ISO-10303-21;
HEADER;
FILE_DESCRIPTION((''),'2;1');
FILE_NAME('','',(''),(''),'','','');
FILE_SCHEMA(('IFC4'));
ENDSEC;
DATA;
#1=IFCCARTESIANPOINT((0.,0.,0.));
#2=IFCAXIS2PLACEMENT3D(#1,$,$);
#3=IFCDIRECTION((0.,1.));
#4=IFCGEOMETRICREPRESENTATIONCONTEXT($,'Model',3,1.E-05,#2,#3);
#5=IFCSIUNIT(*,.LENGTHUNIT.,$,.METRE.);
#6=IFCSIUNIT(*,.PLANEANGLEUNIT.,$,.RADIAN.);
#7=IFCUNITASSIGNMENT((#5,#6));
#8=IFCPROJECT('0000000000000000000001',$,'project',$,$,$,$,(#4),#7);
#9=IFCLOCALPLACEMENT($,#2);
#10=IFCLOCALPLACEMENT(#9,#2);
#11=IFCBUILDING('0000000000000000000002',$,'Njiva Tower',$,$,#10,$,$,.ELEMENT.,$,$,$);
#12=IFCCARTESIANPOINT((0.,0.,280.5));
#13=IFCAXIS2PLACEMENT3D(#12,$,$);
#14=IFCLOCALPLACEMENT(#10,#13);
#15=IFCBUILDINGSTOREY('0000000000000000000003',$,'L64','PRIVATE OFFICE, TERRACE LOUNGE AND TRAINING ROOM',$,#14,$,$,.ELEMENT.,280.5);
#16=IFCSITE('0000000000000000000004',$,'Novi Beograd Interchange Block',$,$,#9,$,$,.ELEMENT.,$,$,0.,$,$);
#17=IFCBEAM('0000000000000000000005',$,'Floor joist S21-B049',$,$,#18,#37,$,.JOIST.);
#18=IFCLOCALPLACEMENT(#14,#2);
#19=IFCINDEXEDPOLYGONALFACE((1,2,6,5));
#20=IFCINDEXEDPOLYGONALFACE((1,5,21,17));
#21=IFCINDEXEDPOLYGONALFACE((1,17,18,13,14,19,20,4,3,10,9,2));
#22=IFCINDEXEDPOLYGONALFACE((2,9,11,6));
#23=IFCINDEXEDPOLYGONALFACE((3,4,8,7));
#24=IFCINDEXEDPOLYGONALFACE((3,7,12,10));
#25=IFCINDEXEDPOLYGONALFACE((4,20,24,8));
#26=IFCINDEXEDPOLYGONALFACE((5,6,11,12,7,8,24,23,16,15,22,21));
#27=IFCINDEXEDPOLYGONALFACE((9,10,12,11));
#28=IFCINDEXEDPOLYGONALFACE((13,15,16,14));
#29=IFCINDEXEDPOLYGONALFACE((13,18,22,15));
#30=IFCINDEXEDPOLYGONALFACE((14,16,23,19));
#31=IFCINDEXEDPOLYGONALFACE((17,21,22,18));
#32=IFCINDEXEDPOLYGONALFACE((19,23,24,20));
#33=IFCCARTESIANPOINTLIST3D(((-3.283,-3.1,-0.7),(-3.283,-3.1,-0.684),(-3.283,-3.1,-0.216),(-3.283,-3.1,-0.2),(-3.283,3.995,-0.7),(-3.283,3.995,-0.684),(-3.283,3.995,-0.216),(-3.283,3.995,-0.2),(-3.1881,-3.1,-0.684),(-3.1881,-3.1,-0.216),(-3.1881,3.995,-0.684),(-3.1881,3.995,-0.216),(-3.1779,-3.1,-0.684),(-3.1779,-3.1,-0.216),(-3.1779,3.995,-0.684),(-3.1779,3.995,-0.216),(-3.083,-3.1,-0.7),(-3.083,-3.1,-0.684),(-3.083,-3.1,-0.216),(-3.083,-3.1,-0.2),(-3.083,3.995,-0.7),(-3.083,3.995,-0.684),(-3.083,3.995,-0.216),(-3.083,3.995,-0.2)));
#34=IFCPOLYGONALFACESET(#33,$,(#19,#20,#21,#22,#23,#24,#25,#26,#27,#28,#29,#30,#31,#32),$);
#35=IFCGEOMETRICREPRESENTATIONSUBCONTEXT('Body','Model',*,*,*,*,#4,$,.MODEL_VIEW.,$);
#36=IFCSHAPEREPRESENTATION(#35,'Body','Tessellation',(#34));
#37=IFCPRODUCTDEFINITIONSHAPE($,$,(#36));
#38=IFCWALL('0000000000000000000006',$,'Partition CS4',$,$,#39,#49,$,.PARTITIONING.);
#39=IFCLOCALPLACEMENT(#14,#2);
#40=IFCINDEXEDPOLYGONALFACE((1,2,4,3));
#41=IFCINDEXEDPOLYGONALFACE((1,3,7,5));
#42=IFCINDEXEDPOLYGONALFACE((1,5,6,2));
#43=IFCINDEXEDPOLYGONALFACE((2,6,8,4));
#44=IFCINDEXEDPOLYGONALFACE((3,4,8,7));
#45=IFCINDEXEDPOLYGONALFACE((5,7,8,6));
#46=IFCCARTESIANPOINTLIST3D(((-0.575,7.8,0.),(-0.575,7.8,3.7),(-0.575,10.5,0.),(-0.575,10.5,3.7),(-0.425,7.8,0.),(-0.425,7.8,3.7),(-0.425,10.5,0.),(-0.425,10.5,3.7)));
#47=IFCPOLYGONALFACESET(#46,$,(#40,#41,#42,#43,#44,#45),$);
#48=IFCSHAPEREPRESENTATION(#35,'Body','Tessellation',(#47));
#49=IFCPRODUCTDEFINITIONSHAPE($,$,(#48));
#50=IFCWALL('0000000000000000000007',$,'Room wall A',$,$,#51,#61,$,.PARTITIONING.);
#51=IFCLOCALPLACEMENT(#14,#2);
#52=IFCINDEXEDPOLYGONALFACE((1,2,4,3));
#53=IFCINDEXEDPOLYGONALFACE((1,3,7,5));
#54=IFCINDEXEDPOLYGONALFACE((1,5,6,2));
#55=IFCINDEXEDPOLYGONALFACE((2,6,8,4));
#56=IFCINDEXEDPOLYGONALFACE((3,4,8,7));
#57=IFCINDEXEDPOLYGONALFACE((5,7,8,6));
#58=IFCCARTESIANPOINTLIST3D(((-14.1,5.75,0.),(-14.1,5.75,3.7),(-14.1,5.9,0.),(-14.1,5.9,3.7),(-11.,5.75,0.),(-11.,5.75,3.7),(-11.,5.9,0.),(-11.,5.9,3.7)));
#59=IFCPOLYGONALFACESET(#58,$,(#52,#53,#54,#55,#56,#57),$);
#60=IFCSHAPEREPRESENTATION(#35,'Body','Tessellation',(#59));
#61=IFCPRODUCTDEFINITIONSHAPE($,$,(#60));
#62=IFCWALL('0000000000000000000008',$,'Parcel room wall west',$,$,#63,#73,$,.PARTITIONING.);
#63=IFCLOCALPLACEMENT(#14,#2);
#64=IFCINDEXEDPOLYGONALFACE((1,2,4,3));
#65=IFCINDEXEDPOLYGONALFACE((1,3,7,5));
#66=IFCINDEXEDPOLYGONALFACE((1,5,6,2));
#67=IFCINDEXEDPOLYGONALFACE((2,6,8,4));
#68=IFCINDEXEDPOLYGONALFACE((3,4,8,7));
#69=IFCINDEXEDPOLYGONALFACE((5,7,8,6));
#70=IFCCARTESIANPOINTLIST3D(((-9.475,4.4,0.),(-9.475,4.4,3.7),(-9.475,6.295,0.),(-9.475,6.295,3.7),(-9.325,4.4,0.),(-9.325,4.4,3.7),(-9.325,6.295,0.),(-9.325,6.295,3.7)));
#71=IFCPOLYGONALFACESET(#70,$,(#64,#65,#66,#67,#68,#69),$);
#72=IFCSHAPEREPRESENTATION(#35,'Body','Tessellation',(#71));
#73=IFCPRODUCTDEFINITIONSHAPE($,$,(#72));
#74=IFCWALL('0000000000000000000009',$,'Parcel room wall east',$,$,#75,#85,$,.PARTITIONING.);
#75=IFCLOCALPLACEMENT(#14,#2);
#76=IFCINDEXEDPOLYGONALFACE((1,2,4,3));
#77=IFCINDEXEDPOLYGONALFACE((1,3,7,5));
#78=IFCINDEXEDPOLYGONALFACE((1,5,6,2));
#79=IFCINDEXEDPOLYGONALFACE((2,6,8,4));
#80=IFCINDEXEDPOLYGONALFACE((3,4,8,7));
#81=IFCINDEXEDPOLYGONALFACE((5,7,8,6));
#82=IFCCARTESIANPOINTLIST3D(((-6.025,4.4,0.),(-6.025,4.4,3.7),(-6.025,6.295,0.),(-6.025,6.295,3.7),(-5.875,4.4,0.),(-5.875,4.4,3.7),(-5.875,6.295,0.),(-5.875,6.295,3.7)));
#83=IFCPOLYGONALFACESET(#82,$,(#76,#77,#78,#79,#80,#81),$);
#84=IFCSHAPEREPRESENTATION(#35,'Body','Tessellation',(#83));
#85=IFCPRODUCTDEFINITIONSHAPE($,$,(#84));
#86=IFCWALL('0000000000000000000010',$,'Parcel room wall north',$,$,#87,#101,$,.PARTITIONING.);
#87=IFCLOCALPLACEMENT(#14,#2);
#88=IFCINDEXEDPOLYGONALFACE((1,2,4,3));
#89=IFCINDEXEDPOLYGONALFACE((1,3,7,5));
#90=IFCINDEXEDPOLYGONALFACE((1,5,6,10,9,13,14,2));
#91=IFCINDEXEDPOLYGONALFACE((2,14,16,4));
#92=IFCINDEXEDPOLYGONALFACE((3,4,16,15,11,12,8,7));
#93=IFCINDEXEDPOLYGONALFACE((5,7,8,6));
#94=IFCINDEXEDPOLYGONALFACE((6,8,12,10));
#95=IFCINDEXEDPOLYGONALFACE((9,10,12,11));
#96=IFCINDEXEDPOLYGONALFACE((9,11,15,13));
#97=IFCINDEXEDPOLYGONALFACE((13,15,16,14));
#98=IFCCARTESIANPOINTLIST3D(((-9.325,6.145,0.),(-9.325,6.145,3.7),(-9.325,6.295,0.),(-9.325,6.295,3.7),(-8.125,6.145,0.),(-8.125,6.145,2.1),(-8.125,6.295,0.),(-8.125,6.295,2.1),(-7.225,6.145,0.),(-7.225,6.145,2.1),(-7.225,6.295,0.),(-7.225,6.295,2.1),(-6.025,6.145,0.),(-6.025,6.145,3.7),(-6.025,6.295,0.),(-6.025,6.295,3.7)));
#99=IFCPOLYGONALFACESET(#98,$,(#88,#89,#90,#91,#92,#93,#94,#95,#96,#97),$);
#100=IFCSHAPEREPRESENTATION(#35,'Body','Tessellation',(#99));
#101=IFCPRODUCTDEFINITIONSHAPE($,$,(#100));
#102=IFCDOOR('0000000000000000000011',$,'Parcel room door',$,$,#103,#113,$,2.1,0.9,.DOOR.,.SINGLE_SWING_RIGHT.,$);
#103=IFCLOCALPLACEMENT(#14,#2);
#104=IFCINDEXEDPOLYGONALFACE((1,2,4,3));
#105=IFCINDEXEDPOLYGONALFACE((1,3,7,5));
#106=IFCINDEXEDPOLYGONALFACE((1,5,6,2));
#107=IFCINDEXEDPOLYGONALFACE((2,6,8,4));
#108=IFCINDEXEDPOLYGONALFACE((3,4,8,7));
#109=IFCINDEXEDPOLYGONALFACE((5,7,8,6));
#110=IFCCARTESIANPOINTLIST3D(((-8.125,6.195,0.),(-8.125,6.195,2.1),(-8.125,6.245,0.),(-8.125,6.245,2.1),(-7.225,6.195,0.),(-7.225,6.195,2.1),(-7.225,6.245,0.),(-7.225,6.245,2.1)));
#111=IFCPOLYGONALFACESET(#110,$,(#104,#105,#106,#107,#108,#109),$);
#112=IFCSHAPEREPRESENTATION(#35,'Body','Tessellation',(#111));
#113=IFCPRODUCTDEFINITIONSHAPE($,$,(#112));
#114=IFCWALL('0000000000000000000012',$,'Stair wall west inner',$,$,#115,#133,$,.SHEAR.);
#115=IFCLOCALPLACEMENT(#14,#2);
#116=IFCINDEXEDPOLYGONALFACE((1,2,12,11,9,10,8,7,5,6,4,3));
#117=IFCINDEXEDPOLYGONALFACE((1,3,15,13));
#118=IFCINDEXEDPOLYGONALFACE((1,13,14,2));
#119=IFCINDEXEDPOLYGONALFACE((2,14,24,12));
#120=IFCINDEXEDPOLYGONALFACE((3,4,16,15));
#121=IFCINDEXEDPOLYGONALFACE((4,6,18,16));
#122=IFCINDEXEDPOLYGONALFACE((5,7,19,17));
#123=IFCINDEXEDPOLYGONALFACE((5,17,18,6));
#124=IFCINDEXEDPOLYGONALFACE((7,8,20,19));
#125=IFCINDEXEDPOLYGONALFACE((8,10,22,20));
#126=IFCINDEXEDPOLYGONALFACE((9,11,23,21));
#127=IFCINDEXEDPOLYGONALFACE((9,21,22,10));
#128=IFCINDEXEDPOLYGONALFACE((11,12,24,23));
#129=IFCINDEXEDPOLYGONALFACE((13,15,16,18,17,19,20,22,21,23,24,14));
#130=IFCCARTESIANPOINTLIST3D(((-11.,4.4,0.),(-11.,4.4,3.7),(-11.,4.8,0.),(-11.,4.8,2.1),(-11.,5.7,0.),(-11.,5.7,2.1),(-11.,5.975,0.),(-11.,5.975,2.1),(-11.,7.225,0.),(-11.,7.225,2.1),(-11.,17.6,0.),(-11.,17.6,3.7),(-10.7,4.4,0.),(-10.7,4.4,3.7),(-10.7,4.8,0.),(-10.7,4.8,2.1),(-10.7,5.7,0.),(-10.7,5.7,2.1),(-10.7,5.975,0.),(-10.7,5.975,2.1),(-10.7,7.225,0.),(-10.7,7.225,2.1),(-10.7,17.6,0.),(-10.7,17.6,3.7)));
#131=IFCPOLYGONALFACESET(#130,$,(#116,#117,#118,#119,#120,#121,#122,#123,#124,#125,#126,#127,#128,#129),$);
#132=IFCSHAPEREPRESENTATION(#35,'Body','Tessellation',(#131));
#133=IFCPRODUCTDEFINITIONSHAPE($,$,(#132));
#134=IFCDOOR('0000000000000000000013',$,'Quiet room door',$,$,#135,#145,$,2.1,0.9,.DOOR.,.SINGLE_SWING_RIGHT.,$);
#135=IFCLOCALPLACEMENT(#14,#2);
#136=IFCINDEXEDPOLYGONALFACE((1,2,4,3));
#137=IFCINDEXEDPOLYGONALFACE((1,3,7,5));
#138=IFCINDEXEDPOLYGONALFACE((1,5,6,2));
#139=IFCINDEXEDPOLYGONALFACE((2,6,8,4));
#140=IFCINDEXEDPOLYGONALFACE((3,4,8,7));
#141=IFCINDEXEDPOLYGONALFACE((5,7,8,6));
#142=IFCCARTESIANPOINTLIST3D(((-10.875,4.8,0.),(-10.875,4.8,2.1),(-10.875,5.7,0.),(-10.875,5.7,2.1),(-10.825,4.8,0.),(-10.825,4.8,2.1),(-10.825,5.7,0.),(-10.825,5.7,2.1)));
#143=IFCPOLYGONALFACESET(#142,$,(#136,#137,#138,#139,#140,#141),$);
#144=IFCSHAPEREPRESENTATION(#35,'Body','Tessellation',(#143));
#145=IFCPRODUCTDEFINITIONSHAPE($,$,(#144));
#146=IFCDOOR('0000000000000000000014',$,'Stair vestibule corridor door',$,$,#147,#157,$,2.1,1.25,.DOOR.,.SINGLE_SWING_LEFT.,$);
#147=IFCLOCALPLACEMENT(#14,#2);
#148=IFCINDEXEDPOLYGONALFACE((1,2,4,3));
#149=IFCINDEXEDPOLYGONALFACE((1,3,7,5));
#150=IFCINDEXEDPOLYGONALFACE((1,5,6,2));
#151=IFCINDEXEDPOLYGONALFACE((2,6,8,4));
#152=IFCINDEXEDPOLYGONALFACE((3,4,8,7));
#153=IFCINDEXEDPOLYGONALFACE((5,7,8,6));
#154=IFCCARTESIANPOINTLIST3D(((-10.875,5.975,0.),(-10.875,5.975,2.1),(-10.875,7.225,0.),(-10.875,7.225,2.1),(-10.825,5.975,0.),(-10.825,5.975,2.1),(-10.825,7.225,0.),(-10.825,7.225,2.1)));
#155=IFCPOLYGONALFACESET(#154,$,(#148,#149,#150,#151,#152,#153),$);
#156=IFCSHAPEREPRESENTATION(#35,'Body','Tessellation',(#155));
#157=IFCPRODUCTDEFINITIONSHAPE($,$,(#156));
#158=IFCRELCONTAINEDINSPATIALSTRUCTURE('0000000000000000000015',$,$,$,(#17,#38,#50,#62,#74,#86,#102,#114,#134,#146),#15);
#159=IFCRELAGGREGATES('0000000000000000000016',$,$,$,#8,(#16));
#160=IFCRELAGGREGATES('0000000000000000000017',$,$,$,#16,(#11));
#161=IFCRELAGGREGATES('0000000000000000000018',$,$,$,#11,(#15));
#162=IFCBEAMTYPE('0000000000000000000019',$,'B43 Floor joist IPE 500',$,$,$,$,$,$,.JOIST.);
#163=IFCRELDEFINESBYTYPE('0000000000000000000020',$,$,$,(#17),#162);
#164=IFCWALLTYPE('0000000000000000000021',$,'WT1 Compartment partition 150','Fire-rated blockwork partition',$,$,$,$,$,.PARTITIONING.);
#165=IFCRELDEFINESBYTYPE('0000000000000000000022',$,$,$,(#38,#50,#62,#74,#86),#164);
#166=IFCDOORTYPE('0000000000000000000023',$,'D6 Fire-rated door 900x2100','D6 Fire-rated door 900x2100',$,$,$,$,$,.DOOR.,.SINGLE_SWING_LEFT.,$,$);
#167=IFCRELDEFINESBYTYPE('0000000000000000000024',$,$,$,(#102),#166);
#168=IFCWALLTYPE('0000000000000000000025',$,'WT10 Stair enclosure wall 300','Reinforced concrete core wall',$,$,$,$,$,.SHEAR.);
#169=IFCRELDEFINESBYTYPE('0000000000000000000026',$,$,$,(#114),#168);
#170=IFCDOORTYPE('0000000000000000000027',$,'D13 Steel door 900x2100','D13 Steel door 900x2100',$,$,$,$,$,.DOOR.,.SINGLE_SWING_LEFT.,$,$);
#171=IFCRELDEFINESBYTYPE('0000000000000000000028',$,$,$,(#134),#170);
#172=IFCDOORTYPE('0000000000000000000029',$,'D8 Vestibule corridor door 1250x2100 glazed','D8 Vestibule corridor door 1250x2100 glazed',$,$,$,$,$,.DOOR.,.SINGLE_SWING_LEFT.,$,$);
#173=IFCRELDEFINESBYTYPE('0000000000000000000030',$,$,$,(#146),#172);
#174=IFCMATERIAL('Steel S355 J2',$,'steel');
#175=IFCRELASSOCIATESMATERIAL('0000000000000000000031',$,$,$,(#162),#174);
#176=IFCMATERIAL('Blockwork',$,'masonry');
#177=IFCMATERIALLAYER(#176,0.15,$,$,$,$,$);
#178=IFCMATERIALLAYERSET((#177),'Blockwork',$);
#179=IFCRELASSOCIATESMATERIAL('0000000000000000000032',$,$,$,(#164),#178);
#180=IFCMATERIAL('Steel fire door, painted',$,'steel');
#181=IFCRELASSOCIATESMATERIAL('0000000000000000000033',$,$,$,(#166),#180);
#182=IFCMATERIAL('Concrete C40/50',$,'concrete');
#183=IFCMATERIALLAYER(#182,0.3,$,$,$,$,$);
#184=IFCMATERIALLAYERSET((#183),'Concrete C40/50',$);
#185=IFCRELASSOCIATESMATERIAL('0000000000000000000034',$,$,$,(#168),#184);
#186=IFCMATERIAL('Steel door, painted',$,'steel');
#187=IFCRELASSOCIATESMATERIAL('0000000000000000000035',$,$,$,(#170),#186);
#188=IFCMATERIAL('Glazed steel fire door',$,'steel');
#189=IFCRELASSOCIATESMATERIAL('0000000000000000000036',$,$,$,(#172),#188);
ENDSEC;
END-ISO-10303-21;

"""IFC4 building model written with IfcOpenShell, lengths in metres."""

from ifc_helpers import new_model, si_unit, direction, frame, frame_2d, origin, origin_2d, place, context, subcontext, project, spatial, rectangle, i_section, extrude, material, layer, layer_set, material_profile, profile_set, type_object, element, fill, save


model = new_model("IFC4")

# Units and contexts
model_context = context("Model", 3, precision=1e-05, world=origin(), true_north=direction((0.0, 1.0)))
body_context = subcontext(model_context, "Body", "Model", "MODEL_VIEW")
ifc_project = project(units=[si_unit("LENGTHUNIT", "METRE"), si_unit("PLANEANGLEUNIT", "RADIAN")], contexts=[model_context])

# Site, building, storey
site_placement = place(None, origin())
site = spatial("IfcSite", under=ifc_project, at=site_placement, Name="Novi Beograd Interchange Block", CompositionType="ELEMENT", RefElevation=0.0)
building_placement = place(site_placement, origin())
building = spatial("IfcBuilding", under=site, at=building_placement, Name="Njiva Tower", CompositionType="ELEMENT")
storey_placement = place(building_placement, frame((0.0, 0.0, 280.5)))
storey = spatial("IfcBuildingStorey", under=building, at=storey_placement, Name="L64", Description="PRIVATE OFFICE, TERRACE LOUNGE AND TRAINING ROOM", CompositionType="ELEMENT", Elevation=280.5)

# Beam
ifc_material_1 = material(Name="Steel S355 J2", Category="steel")
ifc_material_profile = material_profile(ifc_material_1, i_section(OverallWidth=0.2, OverallDepth=0.5, WebThickness=0.0102, FlangeThickness=0.016, at=origin_2d()), Name="IPE 500")
ifc_profile_set = profile_set([ifc_material_profile], Name="Steel S355 J2")
beam_type = type_object("IfcBeamType", Name="B43 Floor joist IPE 500", PredefinedType="JOIST", material=ifc_profile_set)
beam_placement = place(storey_placement, frame((-3.183, 3.995, -0.45), z_axis=(0.0, -1.0, 0.0), x_axis=(1.0, 0.0, 0.0)))
element("IfcBeam", 1, at=beam_placement, inside=storey, type_object=beam_type, Name="Floor joist S21-B049", PredefinedType="JOIST", context=body_context, shape_type="SweptSolid", body=[
    extrude(i_section(OverallWidth=0.2, OverallDepth=0.5, WebThickness=0.0102, FlangeThickness=0.016, at=origin_2d()), origin(), (0.0, 0.0, 1.0), 7.095),
])

# Walls
ifc_material_2 = material(Name="Blockwork", Category="masonry")
ifc_layer_1 = layer(ifc_material_2, 0.15)
ifc_layer_set_1 = layer_set([ifc_layer_1], Name="Blockwork")
wall_type_1 = type_object("IfcWallType", Name="WT1 Compartment partition 150", Description="Fire-rated blockwork partition", PredefinedType="PARTITIONING", material=ifc_layer_set_1)
wall_1_placement = place(storey_placement, frame((-0.5, 7.8, 0.0), z_axis=(0.0, 0.0, 1.0), x_axis=(0.0, 1.0, 0.0)))
element("IfcWall", 2, at=wall_1_placement, inside=storey, type_object=wall_type_1, Name="Partition CS4", PredefinedType="PARTITIONING", context=body_context, shape_type="SweptSolid", body=[
    extrude(rectangle(XDim=2.7, YDim=0.15, at=frame_2d((1.35, 0.0))), origin(), (0.0, 0.0, 1.0), 3.7),
])
wall_2_placement = place(storey_placement, frame((-14.1, 5.825, 0.0), z_axis=(0.0, 0.0, 1.0), x_axis=(1.0, 0.0, 0.0)))
element("IfcWall", 3, at=wall_2_placement, inside=storey, type_object=wall_type_1, Name="Room wall A", PredefinedType="PARTITIONING", context=body_context, shape_type="SweptSolid", body=[
    extrude(rectangle(XDim=3.1, YDim=0.15, at=frame_2d((1.55, 0.0))), origin(), (0.0, 0.0, 1.0), 3.7),
])
for number, where, z_axis, x_axis, name in (
    (4, (-9.4, 4.4, 0.0), (0.0, 0.0, 1.0), (0.0, 1.0, 0.0), "Parcel room wall west"),
    (5, (-5.95, 4.4, 0.0), (0.0, 0.0, 1.0), (0.0, 1.0, 0.0), "Parcel room wall east"),
):
    element("IfcWall", number, at=place(storey_placement, frame(where, z_axis=z_axis, x_axis=x_axis)), inside=storey, type_object=wall_type_1, Name=name, PredefinedType="PARTITIONING", context=body_context, shape_type="SweptSolid", body=[
        extrude(rectangle(XDim=1.895, YDim=0.15, at=frame_2d((0.9475, 0.0))), origin(), (0.0, 0.0, 1.0), 3.7),
    ])

# Wall, opening, door
wall_3_placement = place(storey_placement, frame((-9.325, 6.22, 0.0), z_axis=(0.0, 0.0, 1.0), x_axis=(1.0, 0.0, 0.0)))
wall_3 = element("IfcWall", 6, at=wall_3_placement, inside=storey, type_object=wall_type_1, Name="Parcel room wall north", PredefinedType="PARTITIONING", context=body_context, shape_type="SweptSolid", body=[
    extrude(rectangle(XDim=3.3, YDim=0.15, at=frame_2d((1.65, 0.0))), origin(), (0.0, 0.0, 1.0), 3.7),
])
opening_1_placement = place(wall_3_placement, frame((1.2, 0.0, 0.0)))
opening_1 = element("IfcOpeningElement", 7, at=opening_1_placement, cuts=wall_3, PredefinedType="OPENING", context=body_context, shape_type="SweptSolid", body=[
    extrude(rectangle(XDim=0.9, YDim=2.1, at=frame_2d((0.45, 1.05))), frame((0.0, 0.085, 0.0), z_axis=(0.0, -1.0, 0.0), x_axis=(1.0, 0.0, 0.0)), (0.0, 0.0, 1.0), 0.17),
])
ifc_material_3 = material(Name="Steel fire door, painted", Category="steel")
door_type_1 = type_object("IfcDoorType", Name="D6 Fire-rated door 900x2100", Description="D6 Fire-rated door 900x2100", OperationType="SINGLE_SWING_LEFT", PredefinedType="DOOR", material=ifc_material_3)
door_1_placement = place(opening_1_placement, origin())
door_1 = element("IfcDoor", 8, at=door_1_placement, inside=storey, type_object=door_type_1, Name="Parcel room door", OperationType="SINGLE_SWING_RIGHT", OverallHeight=2.1, OverallWidth=0.9, PredefinedType="DOOR", context=body_context, shape_type="SweptSolid", body=[
    extrude(rectangle(XDim=0.9, YDim=2.1, at=frame_2d((0.45, 1.05))), frame((0.0, 0.025, 0.0), z_axis=(0.0, -1.0, 0.0), x_axis=(1.0, 0.0, 0.0)), (0.0, 0.0, 1.0), 0.05),
])
fill(opening_1, door_1)

# Wall, openings, doors
ifc_material_4 = material(Name="Concrete C40/50", Category="concrete")
ifc_layer_2 = layer(ifc_material_4, 0.3)
ifc_layer_set_2 = layer_set([ifc_layer_2], Name="Concrete C40/50")
wall_type_2 = type_object("IfcWallType", Name="WT10 Stair enclosure wall 300", Description="Reinforced concrete core wall", PredefinedType="SHEAR", material=ifc_layer_set_2)
wall_4_placement = place(storey_placement, frame((-10.85, 4.4, 0.0), z_axis=(0.0, 0.0, 1.0), x_axis=(0.0, 1.0, 0.0)))
wall_4 = element("IfcWall", 9, at=wall_4_placement, inside=storey, type_object=wall_type_2, Name="Stair wall west inner", PredefinedType="SHEAR", context=body_context, shape_type="SweptSolid", body=[
    extrude(rectangle(XDim=13.2, YDim=0.3, at=frame_2d((6.6, 0.0))), origin(), (0.0, 0.0, 1.0), 3.7),
])
opening_2_placement = place(wall_4_placement, frame((1.575, 0.0, 0.0)))
opening_2 = element("IfcOpeningElement", 10, at=opening_2_placement, cuts=wall_4, PredefinedType="OPENING", context=body_context, shape_type="SweptSolid", body=[
    extrude(rectangle(XDim=1.25, YDim=2.1, at=frame_2d((0.625, 1.05))), frame((0.0, 0.16, 0.0), z_axis=(0.0, -1.0, 0.0), x_axis=(1.0, 0.0, 0.0)), (0.0, 0.0, 1.0), 0.32),
])
opening_3_placement = place(wall_4_placement, frame((0.4, 0.0, 0.0)))
opening_3 = element("IfcOpeningElement", 11, at=opening_3_placement, cuts=wall_4, PredefinedType="OPENING", context=body_context, shape_type="SweptSolid", body=[
    extrude(rectangle(XDim=0.9, YDim=2.1, at=frame_2d((0.45, 1.05))), frame((0.0, 0.16, 0.0), z_axis=(0.0, -1.0, 0.0), x_axis=(1.0, 0.0, 0.0)), (0.0, 0.0, 1.0), 0.32),
])
ifc_material_5 = material(Name="Steel door, painted", Category="steel")
door_type_2 = type_object("IfcDoorType", Name="D13 Steel door 900x2100", Description="D13 Steel door 900x2100", OperationType="SINGLE_SWING_LEFT", PredefinedType="DOOR", material=ifc_material_5)
door_2_placement = place(opening_3_placement, origin())
door_2 = element("IfcDoor", 12, at=door_2_placement, inside=storey, type_object=door_type_2, Name="Quiet room door", OperationType="SINGLE_SWING_RIGHT", OverallHeight=2.1, OverallWidth=0.9, PredefinedType="DOOR", context=body_context, shape_type="SweptSolid", body=[
    extrude(rectangle(XDim=0.9, YDim=2.1, at=frame_2d((0.45, 1.05))), frame((0.0, 0.025, 0.0), z_axis=(0.0, -1.0, 0.0), x_axis=(1.0, 0.0, 0.0)), (0.0, 0.0, 1.0), 0.05),
])
fill(opening_3, door_2)
ifc_material_6 = material(Name="Glazed steel fire door", Category="steel")
door_type_3 = type_object("IfcDoorType", Name="D8 Vestibule corridor door 1250x2100 glazed", Description="D8 Vestibule corridor door 1250x2100 glazed", OperationType="SINGLE_SWING_LEFT", PredefinedType="DOOR", material=ifc_material_6)
door_3_placement = place(opening_2_placement, origin())
door_3 = element("IfcDoor", 13, at=door_3_placement, inside=storey, type_object=door_type_3, Name="Stair vestibule corridor door", OperationType="SINGLE_SWING_LEFT", OverallHeight=2.1, OverallWidth=1.25, PredefinedType="DOOR", context=body_context, shape_type="SweptSolid", body=[
    extrude(rectangle(XDim=1.25, YDim=2.1, at=frame_2d((0.625, 1.05))), frame((0.0, 0.025, 0.0), z_axis=(0.0, -1.0, 0.0), x_axis=(1.0, 0.0, 0.0)), (0.0, 0.0, 1.0), 0.05),
])
fill(opening_2, door_3)

save(model, "model.ifc")
